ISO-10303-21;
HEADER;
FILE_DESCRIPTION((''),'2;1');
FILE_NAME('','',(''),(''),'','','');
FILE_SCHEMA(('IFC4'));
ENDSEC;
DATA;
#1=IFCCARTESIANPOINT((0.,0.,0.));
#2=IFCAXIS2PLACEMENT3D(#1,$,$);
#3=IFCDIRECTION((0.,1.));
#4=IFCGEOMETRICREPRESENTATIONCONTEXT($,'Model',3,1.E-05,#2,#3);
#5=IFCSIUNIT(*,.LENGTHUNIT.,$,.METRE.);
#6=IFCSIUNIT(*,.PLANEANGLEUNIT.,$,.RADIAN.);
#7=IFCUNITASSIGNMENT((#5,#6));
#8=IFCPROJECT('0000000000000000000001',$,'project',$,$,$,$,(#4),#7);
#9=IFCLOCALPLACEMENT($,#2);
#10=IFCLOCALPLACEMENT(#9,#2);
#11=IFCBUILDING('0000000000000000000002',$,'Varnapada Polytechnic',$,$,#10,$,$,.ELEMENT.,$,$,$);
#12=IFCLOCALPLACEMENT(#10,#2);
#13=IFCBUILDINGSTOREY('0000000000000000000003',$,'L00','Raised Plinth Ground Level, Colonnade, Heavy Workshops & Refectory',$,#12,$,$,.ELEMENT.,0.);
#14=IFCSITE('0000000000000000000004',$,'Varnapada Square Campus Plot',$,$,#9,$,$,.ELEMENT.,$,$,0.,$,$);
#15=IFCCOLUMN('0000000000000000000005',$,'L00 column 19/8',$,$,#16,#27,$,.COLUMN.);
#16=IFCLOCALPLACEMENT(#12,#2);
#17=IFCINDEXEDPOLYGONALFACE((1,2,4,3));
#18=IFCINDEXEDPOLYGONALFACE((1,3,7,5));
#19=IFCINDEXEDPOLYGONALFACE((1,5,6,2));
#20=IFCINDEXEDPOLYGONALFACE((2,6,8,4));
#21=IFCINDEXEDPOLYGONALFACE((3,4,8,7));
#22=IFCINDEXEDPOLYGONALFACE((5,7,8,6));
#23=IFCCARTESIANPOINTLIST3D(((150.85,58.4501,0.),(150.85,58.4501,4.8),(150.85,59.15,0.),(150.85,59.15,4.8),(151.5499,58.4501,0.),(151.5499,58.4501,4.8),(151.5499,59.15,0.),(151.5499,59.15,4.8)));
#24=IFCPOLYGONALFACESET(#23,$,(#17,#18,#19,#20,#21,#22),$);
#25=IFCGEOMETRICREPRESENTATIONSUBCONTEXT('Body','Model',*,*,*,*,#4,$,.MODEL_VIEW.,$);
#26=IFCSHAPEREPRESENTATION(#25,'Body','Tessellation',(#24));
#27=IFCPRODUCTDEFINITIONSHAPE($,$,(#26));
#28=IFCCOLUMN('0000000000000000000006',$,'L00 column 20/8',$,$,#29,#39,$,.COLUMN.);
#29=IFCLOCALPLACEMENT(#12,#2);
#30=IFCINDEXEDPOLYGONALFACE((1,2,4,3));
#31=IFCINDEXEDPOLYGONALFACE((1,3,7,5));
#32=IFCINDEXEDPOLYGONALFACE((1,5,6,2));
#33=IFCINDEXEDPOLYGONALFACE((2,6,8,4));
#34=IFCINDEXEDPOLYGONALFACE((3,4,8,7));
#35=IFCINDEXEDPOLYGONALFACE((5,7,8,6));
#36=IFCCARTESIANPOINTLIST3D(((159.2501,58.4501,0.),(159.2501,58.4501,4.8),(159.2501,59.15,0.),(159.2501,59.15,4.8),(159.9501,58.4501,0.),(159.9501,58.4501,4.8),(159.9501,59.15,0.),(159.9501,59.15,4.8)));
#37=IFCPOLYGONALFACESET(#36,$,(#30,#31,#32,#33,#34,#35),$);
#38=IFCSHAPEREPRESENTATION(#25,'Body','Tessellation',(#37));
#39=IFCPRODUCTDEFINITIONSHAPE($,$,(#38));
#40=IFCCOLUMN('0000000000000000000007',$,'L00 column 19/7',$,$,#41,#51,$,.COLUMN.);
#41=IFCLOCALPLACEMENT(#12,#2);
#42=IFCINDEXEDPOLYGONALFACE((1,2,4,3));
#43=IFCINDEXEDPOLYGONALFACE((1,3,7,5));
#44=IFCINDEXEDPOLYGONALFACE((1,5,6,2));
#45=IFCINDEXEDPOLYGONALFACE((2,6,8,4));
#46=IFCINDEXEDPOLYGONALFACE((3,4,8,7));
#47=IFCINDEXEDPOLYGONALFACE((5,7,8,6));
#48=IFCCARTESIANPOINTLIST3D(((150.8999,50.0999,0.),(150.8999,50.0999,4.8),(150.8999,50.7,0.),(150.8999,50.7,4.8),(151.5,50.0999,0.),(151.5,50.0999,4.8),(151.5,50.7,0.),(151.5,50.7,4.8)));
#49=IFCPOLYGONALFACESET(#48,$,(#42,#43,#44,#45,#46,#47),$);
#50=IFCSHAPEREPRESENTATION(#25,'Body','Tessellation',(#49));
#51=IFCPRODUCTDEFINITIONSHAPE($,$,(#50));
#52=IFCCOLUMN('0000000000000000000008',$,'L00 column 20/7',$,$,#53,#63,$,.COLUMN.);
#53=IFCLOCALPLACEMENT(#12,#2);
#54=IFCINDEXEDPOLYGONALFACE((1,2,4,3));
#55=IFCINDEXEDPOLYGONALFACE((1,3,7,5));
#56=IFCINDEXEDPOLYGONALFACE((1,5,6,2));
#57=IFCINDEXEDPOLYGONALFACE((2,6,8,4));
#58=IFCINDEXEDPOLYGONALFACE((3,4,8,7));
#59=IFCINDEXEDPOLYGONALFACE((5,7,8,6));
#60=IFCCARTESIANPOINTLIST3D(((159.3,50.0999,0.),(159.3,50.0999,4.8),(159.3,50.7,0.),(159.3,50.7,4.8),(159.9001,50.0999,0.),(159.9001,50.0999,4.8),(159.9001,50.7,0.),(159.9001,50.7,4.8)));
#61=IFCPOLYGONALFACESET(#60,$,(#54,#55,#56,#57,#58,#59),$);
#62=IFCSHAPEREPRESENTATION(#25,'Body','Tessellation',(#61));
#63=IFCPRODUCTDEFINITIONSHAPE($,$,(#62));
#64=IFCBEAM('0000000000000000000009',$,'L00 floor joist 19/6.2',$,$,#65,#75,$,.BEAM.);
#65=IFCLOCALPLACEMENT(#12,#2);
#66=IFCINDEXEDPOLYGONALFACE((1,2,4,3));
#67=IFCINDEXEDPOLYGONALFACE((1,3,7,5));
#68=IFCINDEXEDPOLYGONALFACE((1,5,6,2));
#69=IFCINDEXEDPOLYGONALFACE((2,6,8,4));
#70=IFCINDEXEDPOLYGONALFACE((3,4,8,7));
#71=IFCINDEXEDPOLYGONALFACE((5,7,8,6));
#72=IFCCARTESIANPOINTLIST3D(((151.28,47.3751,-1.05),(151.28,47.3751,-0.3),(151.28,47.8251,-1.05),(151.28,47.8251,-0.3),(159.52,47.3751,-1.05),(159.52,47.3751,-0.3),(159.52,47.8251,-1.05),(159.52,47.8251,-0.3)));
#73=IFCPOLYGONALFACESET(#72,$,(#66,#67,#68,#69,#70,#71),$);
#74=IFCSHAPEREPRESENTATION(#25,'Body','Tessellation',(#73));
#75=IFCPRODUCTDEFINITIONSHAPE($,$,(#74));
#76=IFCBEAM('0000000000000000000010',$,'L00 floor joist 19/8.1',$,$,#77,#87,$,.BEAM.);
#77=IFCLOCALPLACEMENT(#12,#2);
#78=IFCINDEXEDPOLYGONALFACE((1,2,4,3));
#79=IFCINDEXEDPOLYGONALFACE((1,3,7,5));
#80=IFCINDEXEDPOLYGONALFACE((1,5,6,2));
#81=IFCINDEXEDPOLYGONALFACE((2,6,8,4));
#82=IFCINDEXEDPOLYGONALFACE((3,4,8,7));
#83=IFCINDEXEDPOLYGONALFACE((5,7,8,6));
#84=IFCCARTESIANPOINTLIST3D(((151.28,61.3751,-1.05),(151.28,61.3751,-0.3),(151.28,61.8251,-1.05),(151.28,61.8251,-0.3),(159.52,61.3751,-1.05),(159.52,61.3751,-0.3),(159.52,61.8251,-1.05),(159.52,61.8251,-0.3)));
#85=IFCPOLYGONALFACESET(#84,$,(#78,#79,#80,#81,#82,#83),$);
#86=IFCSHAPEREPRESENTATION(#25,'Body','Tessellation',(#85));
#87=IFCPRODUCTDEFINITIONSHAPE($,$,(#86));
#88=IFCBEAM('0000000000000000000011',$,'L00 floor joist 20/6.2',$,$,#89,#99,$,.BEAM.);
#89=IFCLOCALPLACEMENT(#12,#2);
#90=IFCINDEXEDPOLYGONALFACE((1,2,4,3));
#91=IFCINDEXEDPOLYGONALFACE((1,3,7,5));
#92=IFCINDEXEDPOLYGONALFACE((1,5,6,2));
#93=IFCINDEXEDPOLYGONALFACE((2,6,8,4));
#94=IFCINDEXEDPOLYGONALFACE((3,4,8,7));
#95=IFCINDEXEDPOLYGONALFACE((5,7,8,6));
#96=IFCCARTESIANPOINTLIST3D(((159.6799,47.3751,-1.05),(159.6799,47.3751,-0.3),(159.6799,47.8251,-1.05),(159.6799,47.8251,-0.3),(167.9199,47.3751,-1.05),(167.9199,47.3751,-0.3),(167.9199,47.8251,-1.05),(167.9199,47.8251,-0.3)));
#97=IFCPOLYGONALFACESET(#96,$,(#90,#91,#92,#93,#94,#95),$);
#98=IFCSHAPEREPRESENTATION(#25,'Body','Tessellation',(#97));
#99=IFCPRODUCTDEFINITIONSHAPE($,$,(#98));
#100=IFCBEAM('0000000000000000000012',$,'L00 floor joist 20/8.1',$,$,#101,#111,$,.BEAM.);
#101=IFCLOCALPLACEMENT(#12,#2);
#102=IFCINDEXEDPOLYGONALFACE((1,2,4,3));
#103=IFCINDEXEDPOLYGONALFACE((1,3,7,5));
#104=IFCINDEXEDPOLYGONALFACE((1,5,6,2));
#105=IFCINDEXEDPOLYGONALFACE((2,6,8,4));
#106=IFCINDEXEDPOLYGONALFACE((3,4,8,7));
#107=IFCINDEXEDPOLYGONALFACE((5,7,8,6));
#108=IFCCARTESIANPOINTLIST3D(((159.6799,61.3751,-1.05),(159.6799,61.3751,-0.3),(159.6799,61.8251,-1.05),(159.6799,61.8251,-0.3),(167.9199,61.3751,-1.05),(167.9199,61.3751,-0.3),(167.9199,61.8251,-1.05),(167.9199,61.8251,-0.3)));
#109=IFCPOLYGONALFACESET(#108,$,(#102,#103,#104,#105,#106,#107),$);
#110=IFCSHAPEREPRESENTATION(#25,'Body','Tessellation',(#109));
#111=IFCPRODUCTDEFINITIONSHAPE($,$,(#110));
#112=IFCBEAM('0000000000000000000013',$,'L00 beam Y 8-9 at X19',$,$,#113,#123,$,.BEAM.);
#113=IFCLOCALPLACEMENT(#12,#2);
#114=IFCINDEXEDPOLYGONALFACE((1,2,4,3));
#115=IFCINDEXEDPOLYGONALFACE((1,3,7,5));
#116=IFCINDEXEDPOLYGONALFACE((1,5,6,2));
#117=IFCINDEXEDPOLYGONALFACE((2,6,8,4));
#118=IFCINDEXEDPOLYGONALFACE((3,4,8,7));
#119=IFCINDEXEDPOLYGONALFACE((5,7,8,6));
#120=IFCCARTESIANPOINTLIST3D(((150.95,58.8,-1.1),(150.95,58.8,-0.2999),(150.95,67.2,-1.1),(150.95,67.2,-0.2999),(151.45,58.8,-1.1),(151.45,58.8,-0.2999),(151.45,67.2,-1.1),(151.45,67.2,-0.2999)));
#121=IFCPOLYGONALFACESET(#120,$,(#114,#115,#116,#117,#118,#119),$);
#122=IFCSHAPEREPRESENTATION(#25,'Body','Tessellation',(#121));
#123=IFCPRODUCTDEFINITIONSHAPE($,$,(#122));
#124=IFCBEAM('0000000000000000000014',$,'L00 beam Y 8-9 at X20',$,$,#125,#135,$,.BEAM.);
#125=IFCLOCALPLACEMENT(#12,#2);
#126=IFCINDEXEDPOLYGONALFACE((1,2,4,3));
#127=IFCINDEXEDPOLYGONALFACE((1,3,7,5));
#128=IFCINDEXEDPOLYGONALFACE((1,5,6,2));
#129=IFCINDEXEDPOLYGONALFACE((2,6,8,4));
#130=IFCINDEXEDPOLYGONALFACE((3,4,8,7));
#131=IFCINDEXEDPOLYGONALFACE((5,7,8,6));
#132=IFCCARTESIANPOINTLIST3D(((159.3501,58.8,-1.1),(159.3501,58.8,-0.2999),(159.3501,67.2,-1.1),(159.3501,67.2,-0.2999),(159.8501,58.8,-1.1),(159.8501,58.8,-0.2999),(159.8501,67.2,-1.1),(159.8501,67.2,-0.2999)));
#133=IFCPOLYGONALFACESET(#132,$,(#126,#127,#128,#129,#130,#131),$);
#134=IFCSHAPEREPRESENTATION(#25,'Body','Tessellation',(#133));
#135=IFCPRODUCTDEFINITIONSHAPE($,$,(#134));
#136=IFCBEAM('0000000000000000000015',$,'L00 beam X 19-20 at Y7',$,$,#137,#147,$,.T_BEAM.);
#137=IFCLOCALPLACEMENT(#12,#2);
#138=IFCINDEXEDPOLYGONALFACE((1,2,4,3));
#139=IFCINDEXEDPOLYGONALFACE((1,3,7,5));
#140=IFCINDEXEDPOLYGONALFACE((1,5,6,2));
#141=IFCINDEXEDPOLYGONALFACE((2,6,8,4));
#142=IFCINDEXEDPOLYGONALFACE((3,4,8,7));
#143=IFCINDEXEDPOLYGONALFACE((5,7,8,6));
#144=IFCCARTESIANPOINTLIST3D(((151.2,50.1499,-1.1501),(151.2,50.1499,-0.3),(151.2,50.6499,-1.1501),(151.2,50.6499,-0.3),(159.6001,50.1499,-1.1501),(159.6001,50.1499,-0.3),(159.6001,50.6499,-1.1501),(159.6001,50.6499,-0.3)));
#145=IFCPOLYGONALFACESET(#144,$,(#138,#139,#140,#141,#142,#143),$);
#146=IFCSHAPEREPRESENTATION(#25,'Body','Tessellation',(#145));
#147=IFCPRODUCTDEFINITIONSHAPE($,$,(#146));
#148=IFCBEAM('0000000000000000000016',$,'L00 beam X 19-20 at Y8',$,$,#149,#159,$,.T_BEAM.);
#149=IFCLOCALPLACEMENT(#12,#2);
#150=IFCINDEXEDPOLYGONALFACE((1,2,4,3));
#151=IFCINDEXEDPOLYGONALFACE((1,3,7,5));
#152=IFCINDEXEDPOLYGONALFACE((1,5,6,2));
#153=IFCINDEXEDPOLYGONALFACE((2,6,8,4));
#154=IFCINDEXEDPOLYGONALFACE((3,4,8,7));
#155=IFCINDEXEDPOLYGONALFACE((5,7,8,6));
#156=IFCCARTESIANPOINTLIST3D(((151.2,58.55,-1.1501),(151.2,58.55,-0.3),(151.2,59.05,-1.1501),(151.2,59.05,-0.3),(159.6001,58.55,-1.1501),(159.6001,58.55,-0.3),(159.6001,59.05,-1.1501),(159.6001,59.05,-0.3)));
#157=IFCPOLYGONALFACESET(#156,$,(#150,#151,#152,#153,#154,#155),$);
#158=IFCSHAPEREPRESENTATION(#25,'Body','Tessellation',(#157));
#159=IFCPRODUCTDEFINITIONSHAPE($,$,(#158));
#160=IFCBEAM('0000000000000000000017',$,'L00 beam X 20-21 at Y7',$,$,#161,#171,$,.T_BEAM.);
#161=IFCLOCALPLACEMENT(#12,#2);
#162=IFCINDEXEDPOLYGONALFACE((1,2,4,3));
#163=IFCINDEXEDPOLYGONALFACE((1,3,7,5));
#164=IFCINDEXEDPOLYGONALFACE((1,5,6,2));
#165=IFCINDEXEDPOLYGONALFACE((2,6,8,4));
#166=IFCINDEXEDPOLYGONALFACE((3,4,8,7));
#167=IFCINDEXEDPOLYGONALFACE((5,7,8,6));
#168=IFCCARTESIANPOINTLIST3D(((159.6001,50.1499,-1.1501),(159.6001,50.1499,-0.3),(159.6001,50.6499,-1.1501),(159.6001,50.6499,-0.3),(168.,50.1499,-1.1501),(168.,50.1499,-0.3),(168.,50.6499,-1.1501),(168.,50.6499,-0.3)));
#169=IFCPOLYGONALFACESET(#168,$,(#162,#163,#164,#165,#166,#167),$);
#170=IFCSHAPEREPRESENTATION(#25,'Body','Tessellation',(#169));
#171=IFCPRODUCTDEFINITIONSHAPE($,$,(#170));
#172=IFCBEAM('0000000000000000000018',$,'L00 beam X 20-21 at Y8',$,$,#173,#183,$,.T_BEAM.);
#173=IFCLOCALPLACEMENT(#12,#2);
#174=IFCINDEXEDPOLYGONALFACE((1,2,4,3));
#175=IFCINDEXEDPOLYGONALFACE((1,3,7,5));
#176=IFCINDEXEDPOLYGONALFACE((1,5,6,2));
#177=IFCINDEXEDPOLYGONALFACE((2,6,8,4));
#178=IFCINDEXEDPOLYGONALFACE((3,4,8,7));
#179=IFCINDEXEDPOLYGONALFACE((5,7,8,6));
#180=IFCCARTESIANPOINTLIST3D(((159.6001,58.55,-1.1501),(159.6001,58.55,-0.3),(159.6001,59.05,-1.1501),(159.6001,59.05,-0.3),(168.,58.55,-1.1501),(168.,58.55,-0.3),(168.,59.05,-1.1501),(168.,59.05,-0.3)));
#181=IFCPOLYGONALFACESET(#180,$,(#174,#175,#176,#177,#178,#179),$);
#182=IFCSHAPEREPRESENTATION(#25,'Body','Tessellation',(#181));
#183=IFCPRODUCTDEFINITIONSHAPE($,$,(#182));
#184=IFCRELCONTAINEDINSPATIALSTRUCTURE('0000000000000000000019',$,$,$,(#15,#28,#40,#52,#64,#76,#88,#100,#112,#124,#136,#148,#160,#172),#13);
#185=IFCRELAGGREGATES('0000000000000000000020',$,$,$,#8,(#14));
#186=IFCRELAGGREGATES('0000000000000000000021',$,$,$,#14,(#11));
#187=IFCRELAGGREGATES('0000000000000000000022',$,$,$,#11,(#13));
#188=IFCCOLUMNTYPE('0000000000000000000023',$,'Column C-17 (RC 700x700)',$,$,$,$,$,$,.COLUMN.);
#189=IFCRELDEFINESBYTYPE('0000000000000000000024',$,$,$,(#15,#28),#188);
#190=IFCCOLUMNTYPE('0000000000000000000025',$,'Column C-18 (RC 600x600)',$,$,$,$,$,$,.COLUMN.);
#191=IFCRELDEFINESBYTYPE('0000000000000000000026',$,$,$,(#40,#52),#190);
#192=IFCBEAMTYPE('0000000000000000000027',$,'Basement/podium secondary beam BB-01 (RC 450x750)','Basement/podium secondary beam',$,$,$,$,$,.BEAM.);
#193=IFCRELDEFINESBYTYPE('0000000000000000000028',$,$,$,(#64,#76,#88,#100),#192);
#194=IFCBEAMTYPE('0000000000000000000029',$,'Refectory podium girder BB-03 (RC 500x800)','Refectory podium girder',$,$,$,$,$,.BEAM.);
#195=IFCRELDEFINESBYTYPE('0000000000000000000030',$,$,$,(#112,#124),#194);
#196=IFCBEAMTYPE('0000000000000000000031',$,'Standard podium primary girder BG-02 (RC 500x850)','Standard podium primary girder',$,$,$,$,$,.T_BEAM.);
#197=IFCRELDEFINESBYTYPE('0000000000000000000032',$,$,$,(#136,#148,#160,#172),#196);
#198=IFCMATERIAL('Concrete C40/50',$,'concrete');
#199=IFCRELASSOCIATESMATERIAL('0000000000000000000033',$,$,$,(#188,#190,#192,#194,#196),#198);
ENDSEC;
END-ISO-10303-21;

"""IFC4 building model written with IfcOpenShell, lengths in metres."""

from ifc_helpers import new_model, si_unit, direction, frame, origin, origin_2d, place, context, subcontext, project, spatial, rectangle, extrude, material, material_profile, profile_set, type_object, element, save


model = new_model("IFC4")

# Units and contexts
model_context = context("Model", 3, precision=1e-05, world=origin(), true_north=direction((0.0, 1.0)))
body_context = subcontext(model_context, "Body", "Model", "MODEL_VIEW")
ifc_project = project(units=[si_unit("LENGTHUNIT", "METRE"), si_unit("PLANEANGLEUNIT", "RADIAN")], contexts=[model_context])

# Site, building, storey
site_placement = place(None, origin())
site = spatial("IfcSite", under=ifc_project, at=site_placement, Name="Varnapada Square Campus Plot", CompositionType="ELEMENT", RefElevation=0.0)
building_placement = place(site_placement, origin())
building = spatial("IfcBuilding", under=site, at=building_placement, Name="Varnapada Polytechnic", CompositionType="ELEMENT")
storey_placement = place(building_placement, origin())
storey = spatial("IfcBuildingStorey", under=building, at=storey_placement, Name="L00", Description="Raised Plinth Ground Level, Colonnade, Heavy Workshops & Refectory", CompositionType="ELEMENT", Elevation=0.0)

# Columns
ifc_material_1 = material(Name="Concrete C40/50", Category="concrete")
ifc_material_profile_1 = material_profile(ifc_material_1, rectangle(XDim=0.7, YDim=0.7, at=origin_2d()), Name="RC 700x700")
ifc_profile_set_1 = profile_set([ifc_material_profile_1], Name="Concrete C40/50")
column_type_1 = type_object("IfcColumnType", Name="Column C-17 (RC 700x700)", PredefinedType="COLUMN", material=ifc_profile_set_1)
for number, where, z_axis, x_axis, name in (
    (1, (151.2, 58.8, 0.0), (0.0, 0.0, 1.0), (1.0, 0.0, 0.0), "L00 column 19/8"),
    (2, (159.6001, 58.8, 0.0), (0.0, 0.0, 1.0), (1.0, 0.0, 0.0), "L00 column 20/8"),
):
    element("IfcColumn", number, at=place(storey_placement, frame(where, z_axis=z_axis, x_axis=x_axis)), inside=storey, type_object=column_type_1, Name=name, PredefinedType="COLUMN", context=body_context, shape_type="SweptSolid", body=[
        extrude(rectangle(XDim=0.7, YDim=0.7, at=origin_2d()), origin(), (0.0, 0.0, 1.0), 4.8),
    ])
ifc_material_profile_2 = material_profile(ifc_material_1, rectangle(XDim=0.6001, YDim=0.6001, at=origin_2d()), Name="RC 600x600")
ifc_profile_set_2 = profile_set([ifc_material_profile_2], Name="Concrete C40/50")
column_type_2 = type_object("IfcColumnType", Name="Column C-18 (RC 600x600)", PredefinedType="COLUMN", material=ifc_profile_set_2)
for number, where, z_axis, x_axis, name in (
    (3, (151.2, 50.3999, 0.0), (0.0, 0.0, 1.0), (1.0, 0.0, 0.0), "L00 column 19/7"),
    (4, (159.6001, 50.3999, 0.0), (0.0, 0.0, 1.0), (1.0, 0.0, 0.0), "L00 column 20/7"),
):
    element("IfcColumn", number, at=place(storey_placement, frame(where, z_axis=z_axis, x_axis=x_axis)), inside=storey, type_object=column_type_2, Name=name, PredefinedType="COLUMN", context=body_context, shape_type="SweptSolid", body=[
        extrude(rectangle(XDim=0.6001, YDim=0.6001, at=origin_2d()), origin(), (0.0, 0.0, 1.0), 4.8),
    ])

# Beams
ifc_material_profile_3 = material_profile(ifc_material_1, rectangle(XDim=0.45, YDim=0.75, at=origin_2d()), Name="RC 450x750")
ifc_profile_set_3 = profile_set([ifc_material_profile_3], Name="Concrete C40/50")
beam_type_1 = type_object("IfcBeamType", Name="Basement/podium secondary beam BB-01 (RC 450x750)", Description="Basement/podium secondary beam", PredefinedType="BEAM", material=ifc_profile_set_3)
for number, where, z_axis, x_axis, name in (
    (5, (151.28, 47.6001, -0.675), (1.0, 0.0, 0.0), (0.0, 1.0, 0.0), "L00 floor joist 19/6.2"),
    (6, (151.28, 61.6001, -0.675), (1.0, 0.0, 0.0), (0.0, 1.0, 0.0), "L00 floor joist 19/8.1"),
    (7, (159.6799, 47.6001, -0.675), (1.0, 0.0, 0.0), (0.0, 1.0, 0.0), "L00 floor joist 20/6.2"),
    (8, (159.6799, 61.6001, -0.675), (1.0, 0.0, 0.0), (0.0, 1.0, 0.0), "L00 floor joist 20/8.1"),
):
    element("IfcBeam", number, at=place(storey_placement, frame(where, z_axis=z_axis, x_axis=x_axis)), inside=storey, type_object=beam_type_1, Name=name, PredefinedType="BEAM", context=body_context, shape_type="SweptSolid", body=[
        extrude(rectangle(XDim=0.45, YDim=0.75, at=origin_2d()), origin(), (0.0, 0.0, 1.0), 8.24),
    ])
ifc_material_profile_4 = material_profile(ifc_material_1, rectangle(XDim=0.5, YDim=0.8, at=origin_2d()), Name="RC 500x800")
ifc_profile_set_4 = profile_set([ifc_material_profile_4], Name="Concrete C40/50")
beam_type_2 = type_object("IfcBeamType", Name="Refectory podium girder BB-03 (RC 500x800)", Description="Refectory podium girder", PredefinedType="BEAM", material=ifc_profile_set_4)
for number, where, z_axis, x_axis, name in (
    (9, (151.2, 58.8, -0.7), (0.0, 1.0, 0.0), (-1.0, 0.0, 0.0), "L00 beam Y 8-9 at X19"),
    (10, (159.6001, 58.8, -0.7), (0.0, 1.0, 0.0), (-1.0, 0.0, 0.0), "L00 beam Y 8-9 at X20"),
):
    element("IfcBeam", number, at=place(storey_placement, frame(where, z_axis=z_axis, x_axis=x_axis)), inside=storey, type_object=beam_type_2, Name=name, PredefinedType="BEAM", context=body_context, shape_type="SweptSolid", body=[
        extrude(rectangle(XDim=0.5, YDim=0.8, at=origin_2d()), origin(), (0.0, 0.0, 1.0), 8.3999),
    ])
ifc_material_profile_5 = material_profile(ifc_material_1, rectangle(XDim=0.5, YDim=0.8501, at=origin_2d()), Name="RC 500x850")
ifc_profile_set_5 = profile_set([ifc_material_profile_5], Name="Concrete C40/50")
beam_type_3 = type_object("IfcBeamType", Name="Standard podium primary girder BG-02 (RC 500x850)", Description="Standard podium primary girder", PredefinedType="T_BEAM", material=ifc_profile_set_5)
for number, where, z_axis, x_axis, name in (
    (11, (151.2, 50.3999, -0.7251), (1.0, 0.0, 0.0), (0.0, 1.0, 0.0), "L00 beam X 19-20 at Y7"),
    (12, (151.2, 58.8, -0.7251), (1.0, 0.0, 0.0), (0.0, 1.0, 0.0), "L00 beam X 19-20 at Y8"),
):
    element("IfcBeam", number, at=place(storey_placement, frame(where, z_axis=z_axis, x_axis=x_axis)), inside=storey, type_object=beam_type_3, Name=name, PredefinedType="T_BEAM", context=body_context, shape_type="SweptSolid", body=[
        extrude(rectangle(XDim=0.5, YDim=0.8501, at=origin_2d()), origin(), (0.0, 0.0, 1.0), 8.4001),
    ])
for number, where, z_axis, x_axis, name in (
    (13, (159.6001, 50.3999, -0.7251), (1.0, 0.0, 0.0), (0.0, 1.0, 0.0), "L00 beam X 20-21 at Y7"),
    (14, (159.6001, 58.8, -0.7251), (1.0, 0.0, 0.0), (0.0, 1.0, 0.0), "L00 beam X 20-21 at Y8"),
):
    element("IfcBeam", number, at=place(storey_placement, frame(where, z_axis=z_axis, x_axis=x_axis)), inside=storey, type_object=beam_type_3, Name=name, PredefinedType="T_BEAM", context=body_context, shape_type="SweptSolid", body=[
        extrude(rectangle(XDim=0.5, YDim=0.8501, at=origin_2d()), origin(), (0.0, 0.0, 1.0), 8.3999),
    ])

save(model, "model.ifc")
